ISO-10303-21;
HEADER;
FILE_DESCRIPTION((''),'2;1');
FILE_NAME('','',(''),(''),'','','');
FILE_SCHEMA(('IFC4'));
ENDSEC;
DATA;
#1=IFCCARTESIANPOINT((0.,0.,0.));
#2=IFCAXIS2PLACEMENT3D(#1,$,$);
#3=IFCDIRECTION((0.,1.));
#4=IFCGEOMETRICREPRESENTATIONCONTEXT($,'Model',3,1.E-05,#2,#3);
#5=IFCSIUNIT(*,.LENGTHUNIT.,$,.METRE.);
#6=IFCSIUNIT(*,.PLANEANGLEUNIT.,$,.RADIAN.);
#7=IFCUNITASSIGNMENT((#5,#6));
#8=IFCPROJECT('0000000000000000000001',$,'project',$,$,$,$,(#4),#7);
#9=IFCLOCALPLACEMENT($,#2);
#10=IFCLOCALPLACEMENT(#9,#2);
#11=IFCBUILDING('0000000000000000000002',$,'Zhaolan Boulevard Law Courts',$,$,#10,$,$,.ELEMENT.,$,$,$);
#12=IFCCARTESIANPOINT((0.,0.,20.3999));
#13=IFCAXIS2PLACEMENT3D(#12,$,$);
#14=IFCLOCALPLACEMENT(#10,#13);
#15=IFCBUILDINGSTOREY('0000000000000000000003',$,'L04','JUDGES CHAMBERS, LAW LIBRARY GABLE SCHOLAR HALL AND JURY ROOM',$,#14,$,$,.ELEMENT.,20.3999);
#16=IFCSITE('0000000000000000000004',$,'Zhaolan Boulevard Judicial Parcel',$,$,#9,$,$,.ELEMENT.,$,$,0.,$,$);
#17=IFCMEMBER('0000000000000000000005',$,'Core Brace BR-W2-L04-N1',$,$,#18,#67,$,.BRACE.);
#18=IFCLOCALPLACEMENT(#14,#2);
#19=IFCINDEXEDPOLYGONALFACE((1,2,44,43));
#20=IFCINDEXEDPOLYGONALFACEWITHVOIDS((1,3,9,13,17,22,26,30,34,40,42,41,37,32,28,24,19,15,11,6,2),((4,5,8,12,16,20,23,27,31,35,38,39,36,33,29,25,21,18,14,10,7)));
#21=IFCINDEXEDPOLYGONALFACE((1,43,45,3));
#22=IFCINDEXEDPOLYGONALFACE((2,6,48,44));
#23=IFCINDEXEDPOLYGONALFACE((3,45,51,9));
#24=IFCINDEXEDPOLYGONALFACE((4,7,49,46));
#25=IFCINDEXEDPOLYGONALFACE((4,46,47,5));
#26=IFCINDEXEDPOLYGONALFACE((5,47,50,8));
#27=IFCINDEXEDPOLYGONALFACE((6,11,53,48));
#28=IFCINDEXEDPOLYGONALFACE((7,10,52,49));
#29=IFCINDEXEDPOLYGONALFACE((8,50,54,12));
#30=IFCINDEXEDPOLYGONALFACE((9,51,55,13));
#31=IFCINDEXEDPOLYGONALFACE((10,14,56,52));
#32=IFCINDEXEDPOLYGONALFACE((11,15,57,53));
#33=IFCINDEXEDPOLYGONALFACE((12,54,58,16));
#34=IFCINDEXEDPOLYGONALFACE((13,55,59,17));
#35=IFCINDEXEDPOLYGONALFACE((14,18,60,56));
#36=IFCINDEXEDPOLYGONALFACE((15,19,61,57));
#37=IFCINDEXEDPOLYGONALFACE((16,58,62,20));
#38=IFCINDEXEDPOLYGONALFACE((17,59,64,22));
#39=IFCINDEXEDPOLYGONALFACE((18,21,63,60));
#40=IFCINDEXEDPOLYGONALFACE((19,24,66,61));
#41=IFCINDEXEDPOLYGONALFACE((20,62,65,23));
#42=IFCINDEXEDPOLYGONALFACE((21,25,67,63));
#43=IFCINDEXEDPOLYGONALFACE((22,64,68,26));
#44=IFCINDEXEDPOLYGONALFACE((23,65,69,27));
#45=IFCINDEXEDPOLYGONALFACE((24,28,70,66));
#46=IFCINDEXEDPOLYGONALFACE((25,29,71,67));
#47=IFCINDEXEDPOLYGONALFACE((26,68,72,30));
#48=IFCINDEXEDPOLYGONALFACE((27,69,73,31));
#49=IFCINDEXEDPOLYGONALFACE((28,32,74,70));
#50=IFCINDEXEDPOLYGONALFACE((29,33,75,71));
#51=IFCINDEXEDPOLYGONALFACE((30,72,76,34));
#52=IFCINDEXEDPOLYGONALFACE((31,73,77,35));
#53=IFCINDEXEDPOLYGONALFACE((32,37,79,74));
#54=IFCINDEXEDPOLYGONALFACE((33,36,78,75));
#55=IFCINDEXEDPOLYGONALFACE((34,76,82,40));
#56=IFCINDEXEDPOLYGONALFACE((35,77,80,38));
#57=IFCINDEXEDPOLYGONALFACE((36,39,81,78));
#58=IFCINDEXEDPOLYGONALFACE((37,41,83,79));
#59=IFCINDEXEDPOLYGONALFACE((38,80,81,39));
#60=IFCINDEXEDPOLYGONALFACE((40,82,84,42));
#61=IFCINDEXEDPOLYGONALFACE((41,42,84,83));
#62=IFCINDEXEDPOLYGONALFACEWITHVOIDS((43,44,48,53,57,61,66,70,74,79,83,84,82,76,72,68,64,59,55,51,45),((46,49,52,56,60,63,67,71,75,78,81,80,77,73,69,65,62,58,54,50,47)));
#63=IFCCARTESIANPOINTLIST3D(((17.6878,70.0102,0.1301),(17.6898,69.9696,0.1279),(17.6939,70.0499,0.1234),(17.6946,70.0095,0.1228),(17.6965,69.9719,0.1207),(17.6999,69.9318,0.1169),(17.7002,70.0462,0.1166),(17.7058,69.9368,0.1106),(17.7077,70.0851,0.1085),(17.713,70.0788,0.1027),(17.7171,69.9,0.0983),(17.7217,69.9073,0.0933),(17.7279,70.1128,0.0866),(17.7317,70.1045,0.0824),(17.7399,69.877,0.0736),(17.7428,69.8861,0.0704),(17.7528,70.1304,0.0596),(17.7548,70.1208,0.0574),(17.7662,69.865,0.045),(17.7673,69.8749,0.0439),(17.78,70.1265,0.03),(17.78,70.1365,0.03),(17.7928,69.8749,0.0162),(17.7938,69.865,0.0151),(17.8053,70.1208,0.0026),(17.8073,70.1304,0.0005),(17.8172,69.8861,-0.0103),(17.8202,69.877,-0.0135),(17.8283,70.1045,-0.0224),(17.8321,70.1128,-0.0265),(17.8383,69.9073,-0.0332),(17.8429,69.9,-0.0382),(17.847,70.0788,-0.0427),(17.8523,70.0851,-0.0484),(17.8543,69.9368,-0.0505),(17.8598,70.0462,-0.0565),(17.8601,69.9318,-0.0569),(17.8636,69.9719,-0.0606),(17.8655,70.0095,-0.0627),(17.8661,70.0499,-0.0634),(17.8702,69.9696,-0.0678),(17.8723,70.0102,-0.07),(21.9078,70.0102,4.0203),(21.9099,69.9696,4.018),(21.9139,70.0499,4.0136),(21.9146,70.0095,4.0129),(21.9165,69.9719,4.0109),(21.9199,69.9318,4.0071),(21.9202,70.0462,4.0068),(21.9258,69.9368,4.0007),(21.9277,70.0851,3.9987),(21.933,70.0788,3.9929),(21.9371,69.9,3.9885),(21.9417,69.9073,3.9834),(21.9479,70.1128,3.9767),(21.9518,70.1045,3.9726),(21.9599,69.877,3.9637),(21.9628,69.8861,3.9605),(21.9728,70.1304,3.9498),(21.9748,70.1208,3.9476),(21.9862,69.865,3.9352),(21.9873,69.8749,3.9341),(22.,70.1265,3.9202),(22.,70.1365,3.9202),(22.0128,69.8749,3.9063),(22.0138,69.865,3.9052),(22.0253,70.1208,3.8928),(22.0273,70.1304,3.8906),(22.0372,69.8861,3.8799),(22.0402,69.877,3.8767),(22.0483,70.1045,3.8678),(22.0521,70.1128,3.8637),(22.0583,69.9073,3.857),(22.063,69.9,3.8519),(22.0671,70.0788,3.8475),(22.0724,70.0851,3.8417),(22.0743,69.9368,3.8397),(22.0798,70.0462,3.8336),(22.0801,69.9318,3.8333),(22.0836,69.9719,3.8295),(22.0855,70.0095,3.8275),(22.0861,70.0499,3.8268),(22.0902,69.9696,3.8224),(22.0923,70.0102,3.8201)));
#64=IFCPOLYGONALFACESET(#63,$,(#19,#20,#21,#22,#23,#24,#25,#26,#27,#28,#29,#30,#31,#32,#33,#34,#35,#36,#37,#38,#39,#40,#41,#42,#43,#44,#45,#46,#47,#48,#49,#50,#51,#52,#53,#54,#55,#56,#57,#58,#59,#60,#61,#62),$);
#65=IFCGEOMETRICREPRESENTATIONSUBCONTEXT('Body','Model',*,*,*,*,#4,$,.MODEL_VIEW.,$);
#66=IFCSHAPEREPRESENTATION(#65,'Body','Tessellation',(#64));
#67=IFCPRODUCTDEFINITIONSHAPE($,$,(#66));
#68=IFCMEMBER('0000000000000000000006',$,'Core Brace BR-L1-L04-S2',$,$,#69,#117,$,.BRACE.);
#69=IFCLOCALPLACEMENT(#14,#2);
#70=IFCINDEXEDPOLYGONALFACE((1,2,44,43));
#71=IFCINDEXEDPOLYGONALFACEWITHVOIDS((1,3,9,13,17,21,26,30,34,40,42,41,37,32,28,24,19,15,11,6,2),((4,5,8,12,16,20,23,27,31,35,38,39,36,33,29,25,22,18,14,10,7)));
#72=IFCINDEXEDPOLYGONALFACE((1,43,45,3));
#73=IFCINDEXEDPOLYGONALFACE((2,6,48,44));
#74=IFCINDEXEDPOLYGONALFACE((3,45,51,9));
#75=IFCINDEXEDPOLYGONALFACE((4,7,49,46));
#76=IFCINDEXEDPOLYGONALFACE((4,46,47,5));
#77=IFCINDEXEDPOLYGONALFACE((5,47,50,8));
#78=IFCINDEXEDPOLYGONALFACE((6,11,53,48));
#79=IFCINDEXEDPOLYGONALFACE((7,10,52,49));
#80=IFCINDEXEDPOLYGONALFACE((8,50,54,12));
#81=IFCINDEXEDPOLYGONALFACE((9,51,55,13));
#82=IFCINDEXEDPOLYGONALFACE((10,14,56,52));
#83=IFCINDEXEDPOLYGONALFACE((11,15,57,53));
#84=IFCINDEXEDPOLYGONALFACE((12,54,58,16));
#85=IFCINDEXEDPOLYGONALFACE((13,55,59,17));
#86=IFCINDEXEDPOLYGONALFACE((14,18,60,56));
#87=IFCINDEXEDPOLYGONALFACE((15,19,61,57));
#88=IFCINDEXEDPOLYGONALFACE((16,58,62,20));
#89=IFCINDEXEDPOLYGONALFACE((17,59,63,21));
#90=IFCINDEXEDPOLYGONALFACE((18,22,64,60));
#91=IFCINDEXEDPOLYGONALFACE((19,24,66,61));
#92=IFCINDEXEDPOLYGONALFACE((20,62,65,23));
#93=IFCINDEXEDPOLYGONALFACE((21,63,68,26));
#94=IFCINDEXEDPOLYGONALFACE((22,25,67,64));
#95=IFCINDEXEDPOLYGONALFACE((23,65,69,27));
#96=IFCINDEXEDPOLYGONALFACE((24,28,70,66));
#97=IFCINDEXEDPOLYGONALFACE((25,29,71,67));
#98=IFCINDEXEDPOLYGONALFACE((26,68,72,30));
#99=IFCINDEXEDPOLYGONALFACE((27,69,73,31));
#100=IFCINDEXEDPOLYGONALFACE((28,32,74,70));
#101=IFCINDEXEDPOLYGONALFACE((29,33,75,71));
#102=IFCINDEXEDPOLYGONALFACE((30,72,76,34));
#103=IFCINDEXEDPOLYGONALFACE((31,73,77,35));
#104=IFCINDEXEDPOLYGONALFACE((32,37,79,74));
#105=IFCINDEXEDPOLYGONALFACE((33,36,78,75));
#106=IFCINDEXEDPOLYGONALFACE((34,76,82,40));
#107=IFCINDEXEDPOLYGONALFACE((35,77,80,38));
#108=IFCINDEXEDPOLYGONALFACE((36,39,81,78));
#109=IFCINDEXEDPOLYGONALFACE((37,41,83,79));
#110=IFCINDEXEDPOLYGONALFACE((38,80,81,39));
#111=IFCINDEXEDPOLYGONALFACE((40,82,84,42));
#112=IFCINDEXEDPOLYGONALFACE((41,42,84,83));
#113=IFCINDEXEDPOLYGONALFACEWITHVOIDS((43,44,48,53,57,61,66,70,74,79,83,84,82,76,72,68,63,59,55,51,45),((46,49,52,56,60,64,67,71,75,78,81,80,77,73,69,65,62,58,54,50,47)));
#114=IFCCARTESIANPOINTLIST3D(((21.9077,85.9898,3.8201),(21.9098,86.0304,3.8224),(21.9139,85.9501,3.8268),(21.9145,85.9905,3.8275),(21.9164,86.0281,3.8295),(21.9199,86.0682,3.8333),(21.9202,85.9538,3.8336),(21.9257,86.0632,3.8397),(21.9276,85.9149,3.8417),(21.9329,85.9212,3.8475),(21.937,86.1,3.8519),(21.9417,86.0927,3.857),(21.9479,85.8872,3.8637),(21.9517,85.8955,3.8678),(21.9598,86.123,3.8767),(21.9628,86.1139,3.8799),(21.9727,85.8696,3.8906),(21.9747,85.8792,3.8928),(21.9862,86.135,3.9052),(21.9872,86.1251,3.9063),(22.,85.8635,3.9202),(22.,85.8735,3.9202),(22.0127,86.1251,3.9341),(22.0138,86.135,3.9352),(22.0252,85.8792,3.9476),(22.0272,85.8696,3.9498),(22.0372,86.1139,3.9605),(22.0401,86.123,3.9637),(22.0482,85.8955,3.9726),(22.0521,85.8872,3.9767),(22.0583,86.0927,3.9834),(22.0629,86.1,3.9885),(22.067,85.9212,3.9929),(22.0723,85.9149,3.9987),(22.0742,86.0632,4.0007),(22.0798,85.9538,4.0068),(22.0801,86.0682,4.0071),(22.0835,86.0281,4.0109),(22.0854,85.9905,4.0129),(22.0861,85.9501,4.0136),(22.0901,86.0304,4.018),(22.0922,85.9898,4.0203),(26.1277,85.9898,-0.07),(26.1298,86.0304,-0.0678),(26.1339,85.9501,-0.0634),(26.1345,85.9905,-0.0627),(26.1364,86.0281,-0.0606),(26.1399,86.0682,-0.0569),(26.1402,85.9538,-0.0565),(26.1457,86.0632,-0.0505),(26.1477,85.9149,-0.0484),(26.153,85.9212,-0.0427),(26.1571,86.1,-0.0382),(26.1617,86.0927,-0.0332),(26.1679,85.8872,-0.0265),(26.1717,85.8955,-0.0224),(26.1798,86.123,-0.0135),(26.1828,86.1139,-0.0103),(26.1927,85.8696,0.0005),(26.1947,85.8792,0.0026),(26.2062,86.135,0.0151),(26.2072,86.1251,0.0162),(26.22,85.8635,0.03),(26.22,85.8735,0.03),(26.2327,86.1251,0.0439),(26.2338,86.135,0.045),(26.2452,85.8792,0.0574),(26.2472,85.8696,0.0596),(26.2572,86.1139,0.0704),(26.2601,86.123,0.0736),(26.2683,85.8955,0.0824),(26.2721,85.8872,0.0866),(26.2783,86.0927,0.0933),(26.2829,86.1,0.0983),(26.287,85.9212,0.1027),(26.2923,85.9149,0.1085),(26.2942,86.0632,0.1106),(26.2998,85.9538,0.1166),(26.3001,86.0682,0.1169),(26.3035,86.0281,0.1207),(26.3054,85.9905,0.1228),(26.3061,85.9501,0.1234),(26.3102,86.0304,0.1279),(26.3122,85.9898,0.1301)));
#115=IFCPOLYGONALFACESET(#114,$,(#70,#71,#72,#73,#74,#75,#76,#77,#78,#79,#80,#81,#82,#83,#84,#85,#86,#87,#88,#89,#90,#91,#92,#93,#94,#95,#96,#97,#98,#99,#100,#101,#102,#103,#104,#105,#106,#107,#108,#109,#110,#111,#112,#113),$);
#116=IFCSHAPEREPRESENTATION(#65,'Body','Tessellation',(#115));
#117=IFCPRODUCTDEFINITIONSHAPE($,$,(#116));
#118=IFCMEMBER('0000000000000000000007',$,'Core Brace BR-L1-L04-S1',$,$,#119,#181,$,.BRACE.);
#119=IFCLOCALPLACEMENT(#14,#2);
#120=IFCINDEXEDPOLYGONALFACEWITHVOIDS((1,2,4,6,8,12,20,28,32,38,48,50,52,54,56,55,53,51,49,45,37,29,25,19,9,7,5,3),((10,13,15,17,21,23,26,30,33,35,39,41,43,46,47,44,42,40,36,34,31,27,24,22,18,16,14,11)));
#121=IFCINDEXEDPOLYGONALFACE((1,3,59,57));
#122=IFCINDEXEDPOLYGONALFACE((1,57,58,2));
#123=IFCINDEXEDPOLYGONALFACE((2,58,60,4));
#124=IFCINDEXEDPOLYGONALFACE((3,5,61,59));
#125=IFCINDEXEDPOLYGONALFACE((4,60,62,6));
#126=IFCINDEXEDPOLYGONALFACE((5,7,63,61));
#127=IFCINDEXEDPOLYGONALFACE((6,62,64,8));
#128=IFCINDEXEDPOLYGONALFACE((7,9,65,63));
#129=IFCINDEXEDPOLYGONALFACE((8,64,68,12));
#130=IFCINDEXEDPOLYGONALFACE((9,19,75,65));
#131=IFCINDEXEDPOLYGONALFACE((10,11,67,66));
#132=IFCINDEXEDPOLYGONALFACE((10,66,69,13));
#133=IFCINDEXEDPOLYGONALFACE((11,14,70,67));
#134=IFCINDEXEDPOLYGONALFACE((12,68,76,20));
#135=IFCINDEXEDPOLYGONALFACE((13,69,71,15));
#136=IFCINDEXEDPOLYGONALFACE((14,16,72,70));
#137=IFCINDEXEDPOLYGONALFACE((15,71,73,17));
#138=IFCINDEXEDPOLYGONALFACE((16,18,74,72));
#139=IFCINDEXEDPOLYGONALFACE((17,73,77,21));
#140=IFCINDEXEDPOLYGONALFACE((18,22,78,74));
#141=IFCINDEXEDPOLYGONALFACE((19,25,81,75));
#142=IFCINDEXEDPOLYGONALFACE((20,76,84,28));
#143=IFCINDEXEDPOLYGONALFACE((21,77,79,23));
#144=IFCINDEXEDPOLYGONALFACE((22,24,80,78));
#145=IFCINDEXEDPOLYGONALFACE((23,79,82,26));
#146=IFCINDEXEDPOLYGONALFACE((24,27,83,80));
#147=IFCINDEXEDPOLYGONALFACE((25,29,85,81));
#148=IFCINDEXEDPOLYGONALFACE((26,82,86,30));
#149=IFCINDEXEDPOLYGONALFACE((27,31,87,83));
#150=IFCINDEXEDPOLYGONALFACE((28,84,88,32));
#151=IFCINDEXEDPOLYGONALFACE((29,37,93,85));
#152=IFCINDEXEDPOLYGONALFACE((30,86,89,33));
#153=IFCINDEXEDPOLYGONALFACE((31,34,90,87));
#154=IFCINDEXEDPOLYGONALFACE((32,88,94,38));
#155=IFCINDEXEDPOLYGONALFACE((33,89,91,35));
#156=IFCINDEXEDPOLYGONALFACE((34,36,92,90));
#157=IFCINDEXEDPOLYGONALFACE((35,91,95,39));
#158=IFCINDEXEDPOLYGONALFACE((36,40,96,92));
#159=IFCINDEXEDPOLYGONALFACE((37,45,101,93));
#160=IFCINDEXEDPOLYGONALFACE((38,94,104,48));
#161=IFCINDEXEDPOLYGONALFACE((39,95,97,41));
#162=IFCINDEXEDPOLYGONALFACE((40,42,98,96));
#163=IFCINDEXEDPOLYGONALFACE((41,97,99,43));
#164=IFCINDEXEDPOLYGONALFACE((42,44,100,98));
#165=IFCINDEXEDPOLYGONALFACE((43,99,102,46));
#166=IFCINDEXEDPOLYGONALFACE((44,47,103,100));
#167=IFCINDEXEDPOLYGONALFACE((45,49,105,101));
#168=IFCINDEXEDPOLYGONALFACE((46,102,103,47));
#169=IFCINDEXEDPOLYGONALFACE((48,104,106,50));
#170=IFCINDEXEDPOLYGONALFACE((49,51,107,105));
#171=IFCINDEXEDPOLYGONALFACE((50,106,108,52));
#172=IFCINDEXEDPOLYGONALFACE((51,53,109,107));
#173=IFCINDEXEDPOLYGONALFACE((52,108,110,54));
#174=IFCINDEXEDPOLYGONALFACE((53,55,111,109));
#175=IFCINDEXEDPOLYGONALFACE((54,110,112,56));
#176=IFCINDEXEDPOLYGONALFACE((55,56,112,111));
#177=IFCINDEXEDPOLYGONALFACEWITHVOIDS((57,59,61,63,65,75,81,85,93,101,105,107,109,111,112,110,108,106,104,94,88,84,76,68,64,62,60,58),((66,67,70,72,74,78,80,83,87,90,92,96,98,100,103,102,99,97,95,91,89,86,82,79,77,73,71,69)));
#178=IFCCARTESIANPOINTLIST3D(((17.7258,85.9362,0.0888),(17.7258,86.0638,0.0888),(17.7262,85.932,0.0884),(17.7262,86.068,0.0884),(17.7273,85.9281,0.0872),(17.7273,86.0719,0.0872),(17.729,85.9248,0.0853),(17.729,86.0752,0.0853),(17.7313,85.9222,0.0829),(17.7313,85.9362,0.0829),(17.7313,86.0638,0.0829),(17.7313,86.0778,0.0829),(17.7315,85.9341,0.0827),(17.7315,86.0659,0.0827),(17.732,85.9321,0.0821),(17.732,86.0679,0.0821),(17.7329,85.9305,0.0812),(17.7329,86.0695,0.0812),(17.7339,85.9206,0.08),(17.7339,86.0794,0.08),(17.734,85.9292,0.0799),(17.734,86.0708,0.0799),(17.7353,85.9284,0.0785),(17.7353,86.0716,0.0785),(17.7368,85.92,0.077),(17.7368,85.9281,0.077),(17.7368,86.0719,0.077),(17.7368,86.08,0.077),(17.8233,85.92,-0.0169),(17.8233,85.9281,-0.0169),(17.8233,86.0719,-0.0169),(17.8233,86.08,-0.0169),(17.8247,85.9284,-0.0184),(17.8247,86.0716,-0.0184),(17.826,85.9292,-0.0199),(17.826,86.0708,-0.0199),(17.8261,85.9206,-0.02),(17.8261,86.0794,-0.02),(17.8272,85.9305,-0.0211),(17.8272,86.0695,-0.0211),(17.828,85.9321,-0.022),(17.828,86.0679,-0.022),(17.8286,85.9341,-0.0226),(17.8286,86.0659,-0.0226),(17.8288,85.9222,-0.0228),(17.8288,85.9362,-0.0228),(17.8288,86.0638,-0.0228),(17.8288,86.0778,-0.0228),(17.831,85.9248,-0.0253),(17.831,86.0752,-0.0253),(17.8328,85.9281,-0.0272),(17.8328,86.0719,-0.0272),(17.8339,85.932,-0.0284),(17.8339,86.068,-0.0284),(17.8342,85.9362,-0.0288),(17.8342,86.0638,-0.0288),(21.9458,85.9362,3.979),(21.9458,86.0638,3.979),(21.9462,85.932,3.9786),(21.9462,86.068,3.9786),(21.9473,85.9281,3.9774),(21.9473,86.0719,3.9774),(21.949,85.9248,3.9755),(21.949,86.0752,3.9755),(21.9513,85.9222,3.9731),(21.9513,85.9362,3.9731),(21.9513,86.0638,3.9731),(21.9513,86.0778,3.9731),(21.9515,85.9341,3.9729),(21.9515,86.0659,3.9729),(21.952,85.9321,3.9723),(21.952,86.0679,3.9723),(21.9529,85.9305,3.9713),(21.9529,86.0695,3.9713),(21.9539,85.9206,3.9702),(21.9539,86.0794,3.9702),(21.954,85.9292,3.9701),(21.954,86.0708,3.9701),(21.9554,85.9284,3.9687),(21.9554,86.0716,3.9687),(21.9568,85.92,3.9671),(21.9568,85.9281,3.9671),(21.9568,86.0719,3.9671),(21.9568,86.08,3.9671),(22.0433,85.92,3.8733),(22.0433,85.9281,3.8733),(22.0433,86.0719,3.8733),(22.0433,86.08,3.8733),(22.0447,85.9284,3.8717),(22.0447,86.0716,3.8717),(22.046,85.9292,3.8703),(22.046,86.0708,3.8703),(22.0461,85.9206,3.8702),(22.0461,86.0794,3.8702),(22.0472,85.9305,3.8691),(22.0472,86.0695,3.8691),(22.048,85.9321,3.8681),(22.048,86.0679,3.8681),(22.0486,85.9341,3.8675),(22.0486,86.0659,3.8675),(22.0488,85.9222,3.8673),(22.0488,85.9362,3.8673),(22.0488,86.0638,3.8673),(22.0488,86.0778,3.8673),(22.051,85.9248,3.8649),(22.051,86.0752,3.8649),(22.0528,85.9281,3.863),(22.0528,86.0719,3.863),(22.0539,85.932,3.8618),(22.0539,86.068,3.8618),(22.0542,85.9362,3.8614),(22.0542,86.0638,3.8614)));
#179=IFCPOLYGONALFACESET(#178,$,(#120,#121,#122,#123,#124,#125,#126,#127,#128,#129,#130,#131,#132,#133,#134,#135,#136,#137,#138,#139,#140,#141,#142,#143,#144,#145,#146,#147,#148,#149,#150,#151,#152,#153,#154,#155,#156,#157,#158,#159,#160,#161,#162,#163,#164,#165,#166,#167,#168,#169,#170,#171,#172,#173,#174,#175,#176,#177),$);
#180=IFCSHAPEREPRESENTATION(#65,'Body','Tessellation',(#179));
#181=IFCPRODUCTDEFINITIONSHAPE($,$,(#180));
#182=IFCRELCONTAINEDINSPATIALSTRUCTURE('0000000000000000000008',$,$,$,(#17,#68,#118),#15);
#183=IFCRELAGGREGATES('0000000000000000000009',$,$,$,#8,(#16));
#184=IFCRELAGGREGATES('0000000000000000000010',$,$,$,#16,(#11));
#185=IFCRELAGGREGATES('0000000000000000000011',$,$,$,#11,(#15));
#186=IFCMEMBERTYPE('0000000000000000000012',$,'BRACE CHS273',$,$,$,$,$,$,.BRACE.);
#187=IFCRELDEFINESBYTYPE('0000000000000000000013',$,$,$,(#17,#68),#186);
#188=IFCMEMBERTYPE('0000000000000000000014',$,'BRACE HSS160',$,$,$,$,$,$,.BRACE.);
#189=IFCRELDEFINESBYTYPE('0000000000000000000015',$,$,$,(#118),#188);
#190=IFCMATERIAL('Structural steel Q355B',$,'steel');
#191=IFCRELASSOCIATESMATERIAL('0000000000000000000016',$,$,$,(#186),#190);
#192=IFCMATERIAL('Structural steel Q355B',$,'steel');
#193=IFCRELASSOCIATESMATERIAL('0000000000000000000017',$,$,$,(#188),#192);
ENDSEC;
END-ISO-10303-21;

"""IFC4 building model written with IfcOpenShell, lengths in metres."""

from ifc_helpers import new_model, si_unit, direction, frame, origin, origin_2d, place, context, subcontext, project, spatial, hollow_rectangle, hollow_circle, extrude, material, material_profile, profile_set, type_object, element, save


model = new_model("IFC4")

# Units and contexts
model_context = context("Model", 3, precision=1e-05, world=origin(), true_north=direction((0.0, 1.0)))
body_context = subcontext(model_context, "Body", "Model", "MODEL_VIEW")
ifc_project = project(units=[si_unit("LENGTHUNIT", "METRE"), si_unit("PLANEANGLEUNIT", "RADIAN")], contexts=[model_context])

# Site, building, storey
site_placement = place(None, origin())
site = spatial("IfcSite", under=ifc_project, at=site_placement, Name="Zhaolan Boulevard Judicial Parcel", CompositionType="ELEMENT", RefElevation=0.0)
building_placement = place(site_placement, origin())
building = spatial("IfcBuilding", under=site, at=building_placement, Name="Zhaolan Boulevard Law Courts", CompositionType="ELEMENT")
storey_placement = place(building_placement, frame((0.0, 0.0, 20.3999)))
storey = spatial("IfcBuildingStorey", under=building, at=storey_placement, Name="L04", Description="JUDGES CHAMBERS, LAW LIBRARY GABLE SCHOLAR HALL AND JURY ROOM", CompositionType="ELEMENT", Elevation=20.3999)

# Members
ifc_material_1 = material(Name="Structural steel Q355B", Category="steel")
ifc_material_profile_1 = material_profile(ifc_material_1, hollow_circle(Radius=0.1365, WallThickness=0.01, at=origin_2d()), Name="CHS273x10")
ifc_profile_set_1 = profile_set([ifc_material_profile_1], Name="Structural steel Q355B")
member_type_1 = type_object("IfcMemberType", Name="BRACE CHS273", PredefinedType="BRACE", material=ifc_profile_set_1)
for number, where, z_axis, x_axis, name in (
    (1, (17.78, 70.0, 0.03), (0.735257, 0.0, 0.677789), (0.0, 1.0, 0.0), "Core Brace BR-W2-L04-N1"),
    (2, (26.22, 86.0, 0.03), (-0.735257, 0.0, 0.677789), (0.0, -1.0, 0.0), "Core Brace BR-L1-L04-S2"),
):
    element("IfcMember", number, at=place(storey_placement, frame(where, z_axis=z_axis, x_axis=x_axis)), inside=storey, type_object=member_type_1, Name=name, PredefinedType="BRACE", context=body_context, shape_type="SweptSolid", body=[
        extrude(hollow_circle(Radius=0.1365, WallThickness=0.01, at=origin_2d()), origin(), (0.0, 0.0, 1.0), 5.7395),
    ])
ifc_material_2 = material(Name="Structural steel Q355B", Category="steel")
ifc_material_profile_2 = material_profile(ifc_material_2, hollow_rectangle(XDim=0.1599, YDim=0.1599, WallThickness=0.0081, InnerFilletRadius=0.0081, OuterFilletRadius=0.0161, at=origin_2d()), Name="HSS160x160x8")
ifc_profile_set_2 = profile_set([ifc_material_profile_2], Name="Structural steel Q355B")
member_type_2 = type_object("IfcMemberType", Name="BRACE HSS160", PredefinedType="BRACE", material=ifc_profile_set_2)
member_1_placement = place(storey_placement, frame((17.78, 86.0, 0.03), z_axis=(0.735257, 0.0, 0.677789), x_axis=(0.0, 1.0, 0.0)))
element("IfcMember", 3, at=member_1_placement, inside=storey, type_object=member_type_2, Name="Core Brace BR-L1-L04-S1", PredefinedType="BRACE", context=body_context, shape_type="SweptSolid", body=[
    extrude(hollow_rectangle(XDim=0.1599, YDim=0.1599, WallThickness=0.0081, InnerFilletRadius=0.0081, OuterFilletRadius=0.0161, at=origin_2d()), origin(), (0.0, 0.0, 1.0), 5.7395),
])

save(model, "model.ifc")
